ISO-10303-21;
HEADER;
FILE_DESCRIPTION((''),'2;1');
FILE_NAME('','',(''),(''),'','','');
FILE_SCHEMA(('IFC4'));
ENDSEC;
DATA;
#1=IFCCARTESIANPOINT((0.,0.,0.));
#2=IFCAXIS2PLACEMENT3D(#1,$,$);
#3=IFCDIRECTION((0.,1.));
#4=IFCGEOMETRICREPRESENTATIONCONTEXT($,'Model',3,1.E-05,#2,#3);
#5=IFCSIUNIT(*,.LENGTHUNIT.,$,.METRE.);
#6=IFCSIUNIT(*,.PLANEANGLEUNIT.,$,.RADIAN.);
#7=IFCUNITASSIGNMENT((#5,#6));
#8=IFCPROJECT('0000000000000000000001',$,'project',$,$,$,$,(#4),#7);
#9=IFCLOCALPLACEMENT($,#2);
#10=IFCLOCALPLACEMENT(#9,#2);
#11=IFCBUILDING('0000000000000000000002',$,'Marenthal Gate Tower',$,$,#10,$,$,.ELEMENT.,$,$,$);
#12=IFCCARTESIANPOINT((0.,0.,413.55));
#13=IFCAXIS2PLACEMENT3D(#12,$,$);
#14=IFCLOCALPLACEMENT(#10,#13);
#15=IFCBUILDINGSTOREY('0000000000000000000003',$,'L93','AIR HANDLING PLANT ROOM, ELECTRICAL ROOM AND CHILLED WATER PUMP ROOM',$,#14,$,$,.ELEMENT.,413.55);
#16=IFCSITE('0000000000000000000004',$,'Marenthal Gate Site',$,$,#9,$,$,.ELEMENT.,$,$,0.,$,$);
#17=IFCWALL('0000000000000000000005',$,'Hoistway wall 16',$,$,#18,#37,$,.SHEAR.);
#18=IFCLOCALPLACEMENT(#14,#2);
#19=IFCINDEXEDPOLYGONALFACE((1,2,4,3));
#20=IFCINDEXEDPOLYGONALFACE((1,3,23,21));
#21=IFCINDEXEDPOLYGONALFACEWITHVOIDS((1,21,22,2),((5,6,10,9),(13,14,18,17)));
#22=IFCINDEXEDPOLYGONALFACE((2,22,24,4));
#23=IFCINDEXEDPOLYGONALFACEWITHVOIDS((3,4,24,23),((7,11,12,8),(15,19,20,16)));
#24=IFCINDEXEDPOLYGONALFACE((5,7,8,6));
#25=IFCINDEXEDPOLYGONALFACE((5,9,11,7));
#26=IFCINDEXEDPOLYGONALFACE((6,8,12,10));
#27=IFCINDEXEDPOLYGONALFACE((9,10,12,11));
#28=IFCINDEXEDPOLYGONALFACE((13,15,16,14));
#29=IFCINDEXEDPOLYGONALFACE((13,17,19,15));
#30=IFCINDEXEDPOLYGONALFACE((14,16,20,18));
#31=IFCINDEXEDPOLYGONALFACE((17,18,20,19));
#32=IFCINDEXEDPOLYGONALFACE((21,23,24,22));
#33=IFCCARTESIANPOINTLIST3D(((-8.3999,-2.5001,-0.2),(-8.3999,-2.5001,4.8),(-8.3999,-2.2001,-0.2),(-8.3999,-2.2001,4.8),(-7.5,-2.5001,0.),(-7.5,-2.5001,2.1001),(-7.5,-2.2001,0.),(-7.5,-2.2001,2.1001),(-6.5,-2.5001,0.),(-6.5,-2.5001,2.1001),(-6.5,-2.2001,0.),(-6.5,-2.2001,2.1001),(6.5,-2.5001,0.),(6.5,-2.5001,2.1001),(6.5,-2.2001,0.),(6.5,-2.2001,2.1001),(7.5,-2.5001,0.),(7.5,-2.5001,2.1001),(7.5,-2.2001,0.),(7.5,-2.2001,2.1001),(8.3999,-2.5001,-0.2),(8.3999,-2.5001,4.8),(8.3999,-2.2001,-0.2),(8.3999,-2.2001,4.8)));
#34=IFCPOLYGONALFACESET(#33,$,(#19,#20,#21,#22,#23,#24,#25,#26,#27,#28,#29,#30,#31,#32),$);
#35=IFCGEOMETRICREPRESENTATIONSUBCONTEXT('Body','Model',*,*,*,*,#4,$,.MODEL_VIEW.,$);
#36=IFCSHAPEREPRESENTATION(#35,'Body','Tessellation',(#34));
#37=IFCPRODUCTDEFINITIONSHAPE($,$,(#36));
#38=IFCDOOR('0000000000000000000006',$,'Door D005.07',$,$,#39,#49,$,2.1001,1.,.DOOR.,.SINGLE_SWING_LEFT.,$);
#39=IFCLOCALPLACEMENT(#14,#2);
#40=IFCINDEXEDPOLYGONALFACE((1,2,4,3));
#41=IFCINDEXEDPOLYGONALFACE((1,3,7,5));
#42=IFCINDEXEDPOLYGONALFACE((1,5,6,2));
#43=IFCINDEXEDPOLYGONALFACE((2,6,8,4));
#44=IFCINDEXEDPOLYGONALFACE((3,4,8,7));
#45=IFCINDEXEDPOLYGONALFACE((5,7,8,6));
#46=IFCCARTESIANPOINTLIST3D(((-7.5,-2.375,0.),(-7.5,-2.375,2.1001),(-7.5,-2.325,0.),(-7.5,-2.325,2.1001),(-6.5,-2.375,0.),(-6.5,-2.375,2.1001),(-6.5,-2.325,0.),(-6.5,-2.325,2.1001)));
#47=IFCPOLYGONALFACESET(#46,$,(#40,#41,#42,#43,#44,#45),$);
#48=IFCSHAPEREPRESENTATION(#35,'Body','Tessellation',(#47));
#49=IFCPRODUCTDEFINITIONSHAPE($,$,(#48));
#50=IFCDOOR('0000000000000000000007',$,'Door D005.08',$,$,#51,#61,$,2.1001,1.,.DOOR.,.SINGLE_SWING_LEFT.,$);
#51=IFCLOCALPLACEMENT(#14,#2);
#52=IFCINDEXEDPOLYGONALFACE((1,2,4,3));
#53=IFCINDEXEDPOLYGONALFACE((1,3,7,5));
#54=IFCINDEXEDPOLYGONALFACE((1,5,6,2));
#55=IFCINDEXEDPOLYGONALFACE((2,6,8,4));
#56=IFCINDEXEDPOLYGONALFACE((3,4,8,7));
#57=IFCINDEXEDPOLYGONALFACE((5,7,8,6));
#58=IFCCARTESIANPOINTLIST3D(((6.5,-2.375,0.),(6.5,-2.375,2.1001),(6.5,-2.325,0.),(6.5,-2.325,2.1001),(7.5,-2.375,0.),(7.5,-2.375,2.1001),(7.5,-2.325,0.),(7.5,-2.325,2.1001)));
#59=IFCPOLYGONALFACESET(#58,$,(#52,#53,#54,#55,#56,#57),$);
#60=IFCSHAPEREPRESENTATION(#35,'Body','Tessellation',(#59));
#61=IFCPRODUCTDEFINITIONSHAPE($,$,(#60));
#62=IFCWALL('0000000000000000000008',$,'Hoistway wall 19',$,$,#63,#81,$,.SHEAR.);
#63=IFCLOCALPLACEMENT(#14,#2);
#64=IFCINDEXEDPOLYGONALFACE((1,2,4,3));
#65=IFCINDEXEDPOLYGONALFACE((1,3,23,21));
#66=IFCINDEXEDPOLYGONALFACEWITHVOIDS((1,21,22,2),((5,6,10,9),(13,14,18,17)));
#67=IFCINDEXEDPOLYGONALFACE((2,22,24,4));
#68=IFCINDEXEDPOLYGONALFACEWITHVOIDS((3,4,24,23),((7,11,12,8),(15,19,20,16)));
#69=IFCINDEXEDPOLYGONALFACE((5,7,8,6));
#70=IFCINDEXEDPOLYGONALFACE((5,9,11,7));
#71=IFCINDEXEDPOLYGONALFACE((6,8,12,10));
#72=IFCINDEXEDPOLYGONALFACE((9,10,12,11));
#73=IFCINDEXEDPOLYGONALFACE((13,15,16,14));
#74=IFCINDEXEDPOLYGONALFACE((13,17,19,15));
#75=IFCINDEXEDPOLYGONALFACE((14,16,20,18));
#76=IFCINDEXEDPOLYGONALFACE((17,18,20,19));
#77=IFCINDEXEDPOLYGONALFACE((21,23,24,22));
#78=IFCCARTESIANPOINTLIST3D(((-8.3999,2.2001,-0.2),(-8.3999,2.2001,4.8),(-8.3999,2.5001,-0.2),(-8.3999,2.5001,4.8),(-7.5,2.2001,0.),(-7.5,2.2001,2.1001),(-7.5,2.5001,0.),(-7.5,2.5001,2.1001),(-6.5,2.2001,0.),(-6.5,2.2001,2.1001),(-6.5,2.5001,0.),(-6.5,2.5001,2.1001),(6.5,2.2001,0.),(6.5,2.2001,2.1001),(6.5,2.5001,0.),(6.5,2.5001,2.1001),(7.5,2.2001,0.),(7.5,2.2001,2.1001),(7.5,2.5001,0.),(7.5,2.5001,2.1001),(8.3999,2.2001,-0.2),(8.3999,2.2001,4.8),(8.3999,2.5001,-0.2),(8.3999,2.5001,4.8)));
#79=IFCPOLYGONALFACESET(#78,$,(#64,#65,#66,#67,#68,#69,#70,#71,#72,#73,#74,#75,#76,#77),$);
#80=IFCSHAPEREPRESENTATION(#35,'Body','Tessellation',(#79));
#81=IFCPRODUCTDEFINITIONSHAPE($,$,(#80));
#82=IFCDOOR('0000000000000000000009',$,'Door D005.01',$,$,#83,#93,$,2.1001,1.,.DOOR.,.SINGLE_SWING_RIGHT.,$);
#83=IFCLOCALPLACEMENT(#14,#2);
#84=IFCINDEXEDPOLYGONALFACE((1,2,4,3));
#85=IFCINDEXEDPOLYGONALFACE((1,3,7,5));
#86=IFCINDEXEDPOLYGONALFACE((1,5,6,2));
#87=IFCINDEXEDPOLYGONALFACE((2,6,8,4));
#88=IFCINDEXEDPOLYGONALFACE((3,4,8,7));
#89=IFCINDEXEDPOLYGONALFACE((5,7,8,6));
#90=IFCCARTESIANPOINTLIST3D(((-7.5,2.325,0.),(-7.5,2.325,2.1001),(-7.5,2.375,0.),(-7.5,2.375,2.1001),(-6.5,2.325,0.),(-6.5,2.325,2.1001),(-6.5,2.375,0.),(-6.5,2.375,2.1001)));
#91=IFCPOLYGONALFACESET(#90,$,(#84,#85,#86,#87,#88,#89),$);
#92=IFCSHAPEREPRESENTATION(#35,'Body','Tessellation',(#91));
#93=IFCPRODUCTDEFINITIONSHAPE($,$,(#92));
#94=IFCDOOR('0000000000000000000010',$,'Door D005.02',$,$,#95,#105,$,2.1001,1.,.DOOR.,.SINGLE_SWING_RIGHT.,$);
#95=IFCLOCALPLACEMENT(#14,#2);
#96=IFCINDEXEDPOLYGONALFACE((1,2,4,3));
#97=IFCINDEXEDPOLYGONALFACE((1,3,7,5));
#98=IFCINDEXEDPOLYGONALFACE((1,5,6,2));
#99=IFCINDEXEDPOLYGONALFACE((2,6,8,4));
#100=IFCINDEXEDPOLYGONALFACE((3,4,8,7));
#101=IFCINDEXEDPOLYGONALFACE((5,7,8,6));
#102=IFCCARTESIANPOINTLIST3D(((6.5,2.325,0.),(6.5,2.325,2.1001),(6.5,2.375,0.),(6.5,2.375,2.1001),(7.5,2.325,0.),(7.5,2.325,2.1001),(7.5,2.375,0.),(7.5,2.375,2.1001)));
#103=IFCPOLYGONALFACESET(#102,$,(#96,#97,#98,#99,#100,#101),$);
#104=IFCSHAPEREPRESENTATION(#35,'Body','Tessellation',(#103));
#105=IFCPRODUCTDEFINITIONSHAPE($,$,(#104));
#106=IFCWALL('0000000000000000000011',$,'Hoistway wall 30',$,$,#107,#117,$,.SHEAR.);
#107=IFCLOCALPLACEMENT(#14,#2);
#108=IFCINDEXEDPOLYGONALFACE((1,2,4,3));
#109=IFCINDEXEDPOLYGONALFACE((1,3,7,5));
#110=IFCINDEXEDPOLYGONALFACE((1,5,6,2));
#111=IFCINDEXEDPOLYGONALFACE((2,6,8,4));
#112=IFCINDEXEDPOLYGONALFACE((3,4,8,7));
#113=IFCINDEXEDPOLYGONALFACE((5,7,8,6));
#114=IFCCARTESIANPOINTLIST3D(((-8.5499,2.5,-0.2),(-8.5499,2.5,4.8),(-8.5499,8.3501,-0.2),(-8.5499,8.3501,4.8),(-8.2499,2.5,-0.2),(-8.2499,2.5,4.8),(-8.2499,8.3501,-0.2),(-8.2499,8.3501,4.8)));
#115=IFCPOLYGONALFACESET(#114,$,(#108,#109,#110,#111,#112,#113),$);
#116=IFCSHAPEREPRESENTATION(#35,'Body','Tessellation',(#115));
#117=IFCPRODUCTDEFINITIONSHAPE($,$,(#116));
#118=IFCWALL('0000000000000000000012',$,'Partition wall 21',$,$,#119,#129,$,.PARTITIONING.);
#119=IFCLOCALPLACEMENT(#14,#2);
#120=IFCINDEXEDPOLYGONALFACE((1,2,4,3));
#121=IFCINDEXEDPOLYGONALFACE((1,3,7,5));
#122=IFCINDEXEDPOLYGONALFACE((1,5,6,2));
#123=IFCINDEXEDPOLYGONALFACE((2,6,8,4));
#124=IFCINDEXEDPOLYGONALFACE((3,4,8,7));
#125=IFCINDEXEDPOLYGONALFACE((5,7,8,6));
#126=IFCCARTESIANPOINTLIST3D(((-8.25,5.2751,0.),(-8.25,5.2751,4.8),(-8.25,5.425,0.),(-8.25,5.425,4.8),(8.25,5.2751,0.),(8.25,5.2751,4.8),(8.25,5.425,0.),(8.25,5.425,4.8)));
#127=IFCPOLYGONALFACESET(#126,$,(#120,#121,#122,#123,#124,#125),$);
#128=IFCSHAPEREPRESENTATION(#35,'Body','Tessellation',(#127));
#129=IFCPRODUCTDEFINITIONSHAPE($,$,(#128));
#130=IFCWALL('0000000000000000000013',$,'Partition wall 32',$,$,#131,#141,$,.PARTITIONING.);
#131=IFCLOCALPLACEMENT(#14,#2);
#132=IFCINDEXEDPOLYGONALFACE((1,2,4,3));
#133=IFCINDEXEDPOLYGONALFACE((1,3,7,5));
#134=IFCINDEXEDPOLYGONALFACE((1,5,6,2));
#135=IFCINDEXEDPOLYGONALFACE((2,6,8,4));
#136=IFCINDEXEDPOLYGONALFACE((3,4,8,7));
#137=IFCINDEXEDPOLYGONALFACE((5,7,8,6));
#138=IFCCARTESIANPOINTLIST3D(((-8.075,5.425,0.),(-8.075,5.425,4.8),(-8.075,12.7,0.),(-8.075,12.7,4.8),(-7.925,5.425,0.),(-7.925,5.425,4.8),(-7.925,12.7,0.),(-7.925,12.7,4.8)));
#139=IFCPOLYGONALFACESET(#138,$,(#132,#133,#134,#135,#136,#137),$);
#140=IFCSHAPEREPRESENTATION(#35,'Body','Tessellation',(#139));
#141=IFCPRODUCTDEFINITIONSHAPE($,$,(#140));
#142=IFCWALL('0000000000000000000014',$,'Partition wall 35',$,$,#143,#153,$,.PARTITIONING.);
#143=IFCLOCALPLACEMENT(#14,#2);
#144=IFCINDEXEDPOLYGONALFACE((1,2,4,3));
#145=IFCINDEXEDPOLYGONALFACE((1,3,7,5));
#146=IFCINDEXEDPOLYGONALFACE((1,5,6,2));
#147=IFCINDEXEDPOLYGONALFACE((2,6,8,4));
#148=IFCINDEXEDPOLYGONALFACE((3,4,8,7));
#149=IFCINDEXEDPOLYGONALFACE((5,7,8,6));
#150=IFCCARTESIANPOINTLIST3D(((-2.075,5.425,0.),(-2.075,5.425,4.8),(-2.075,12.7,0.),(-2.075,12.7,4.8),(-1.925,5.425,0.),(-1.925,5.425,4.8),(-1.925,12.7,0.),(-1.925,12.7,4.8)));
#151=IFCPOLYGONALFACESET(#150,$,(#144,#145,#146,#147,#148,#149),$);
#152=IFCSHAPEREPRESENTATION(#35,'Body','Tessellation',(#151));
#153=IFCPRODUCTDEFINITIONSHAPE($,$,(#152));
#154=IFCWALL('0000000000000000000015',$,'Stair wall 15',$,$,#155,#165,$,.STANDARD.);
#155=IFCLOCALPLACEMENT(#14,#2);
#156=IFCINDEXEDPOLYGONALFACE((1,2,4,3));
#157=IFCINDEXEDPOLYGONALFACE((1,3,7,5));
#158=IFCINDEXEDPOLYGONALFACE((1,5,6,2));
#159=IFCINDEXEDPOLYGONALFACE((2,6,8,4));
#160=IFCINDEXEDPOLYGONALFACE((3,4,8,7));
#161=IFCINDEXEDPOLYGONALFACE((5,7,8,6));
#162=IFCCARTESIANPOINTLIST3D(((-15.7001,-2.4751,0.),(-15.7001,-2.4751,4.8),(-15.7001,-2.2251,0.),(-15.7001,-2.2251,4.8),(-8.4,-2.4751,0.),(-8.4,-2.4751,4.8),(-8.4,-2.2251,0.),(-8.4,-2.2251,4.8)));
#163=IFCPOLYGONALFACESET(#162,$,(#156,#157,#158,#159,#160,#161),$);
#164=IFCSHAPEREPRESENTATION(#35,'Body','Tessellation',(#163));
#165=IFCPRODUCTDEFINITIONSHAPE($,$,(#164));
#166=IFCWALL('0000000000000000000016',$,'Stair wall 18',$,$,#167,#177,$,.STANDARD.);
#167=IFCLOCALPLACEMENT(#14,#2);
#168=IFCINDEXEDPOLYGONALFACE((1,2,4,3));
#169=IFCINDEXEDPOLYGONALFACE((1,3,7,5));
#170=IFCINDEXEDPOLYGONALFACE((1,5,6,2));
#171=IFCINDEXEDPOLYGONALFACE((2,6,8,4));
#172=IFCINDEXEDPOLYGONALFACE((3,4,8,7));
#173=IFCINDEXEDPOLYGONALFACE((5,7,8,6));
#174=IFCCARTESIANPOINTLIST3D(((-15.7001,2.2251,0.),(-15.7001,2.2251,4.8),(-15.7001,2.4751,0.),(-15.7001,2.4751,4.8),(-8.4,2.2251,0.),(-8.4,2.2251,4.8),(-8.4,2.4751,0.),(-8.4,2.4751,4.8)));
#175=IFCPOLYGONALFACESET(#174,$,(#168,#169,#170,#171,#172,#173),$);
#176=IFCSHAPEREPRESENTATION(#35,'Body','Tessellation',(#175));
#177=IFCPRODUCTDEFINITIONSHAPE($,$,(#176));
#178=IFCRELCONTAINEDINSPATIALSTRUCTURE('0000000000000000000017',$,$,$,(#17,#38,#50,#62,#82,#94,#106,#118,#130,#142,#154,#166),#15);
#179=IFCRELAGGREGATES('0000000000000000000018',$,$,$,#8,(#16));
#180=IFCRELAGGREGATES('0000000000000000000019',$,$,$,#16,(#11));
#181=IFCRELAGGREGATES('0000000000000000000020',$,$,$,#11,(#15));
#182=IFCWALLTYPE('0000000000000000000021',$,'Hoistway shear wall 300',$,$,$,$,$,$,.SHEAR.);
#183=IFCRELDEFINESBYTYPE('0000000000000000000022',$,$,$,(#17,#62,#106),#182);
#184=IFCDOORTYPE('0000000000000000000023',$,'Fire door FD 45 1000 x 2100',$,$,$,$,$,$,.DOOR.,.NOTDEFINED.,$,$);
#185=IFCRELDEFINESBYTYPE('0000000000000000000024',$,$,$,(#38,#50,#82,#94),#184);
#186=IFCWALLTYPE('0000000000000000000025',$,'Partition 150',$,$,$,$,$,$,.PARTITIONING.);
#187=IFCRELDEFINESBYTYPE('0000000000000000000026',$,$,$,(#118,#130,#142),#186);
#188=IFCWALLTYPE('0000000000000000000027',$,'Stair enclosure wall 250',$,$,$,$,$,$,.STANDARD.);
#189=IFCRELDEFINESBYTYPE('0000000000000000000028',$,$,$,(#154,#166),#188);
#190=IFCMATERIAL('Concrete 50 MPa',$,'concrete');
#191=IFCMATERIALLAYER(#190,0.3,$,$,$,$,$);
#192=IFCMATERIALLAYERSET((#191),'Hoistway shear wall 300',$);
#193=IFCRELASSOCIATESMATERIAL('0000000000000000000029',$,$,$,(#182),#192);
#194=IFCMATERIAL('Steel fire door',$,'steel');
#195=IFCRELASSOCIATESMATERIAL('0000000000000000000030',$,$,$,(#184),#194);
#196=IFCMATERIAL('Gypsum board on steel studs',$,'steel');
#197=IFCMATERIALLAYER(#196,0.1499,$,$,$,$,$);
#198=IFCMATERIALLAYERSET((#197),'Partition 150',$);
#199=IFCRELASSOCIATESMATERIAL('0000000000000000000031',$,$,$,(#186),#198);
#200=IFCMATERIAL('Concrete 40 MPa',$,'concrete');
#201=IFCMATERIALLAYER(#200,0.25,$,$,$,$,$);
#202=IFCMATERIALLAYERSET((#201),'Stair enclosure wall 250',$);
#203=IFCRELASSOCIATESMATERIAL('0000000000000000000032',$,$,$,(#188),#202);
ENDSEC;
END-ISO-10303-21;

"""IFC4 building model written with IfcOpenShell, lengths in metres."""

from ifc_helpers import new_model, si_unit, direction, frame, frame_2d, origin, place, context, subcontext, project, spatial, rectangle, extrude, material, layer, layer_set, type_object, element, fill, save


model = new_model("IFC4")

# Units and contexts
model_context = context("Model", 3, precision=1e-05, world=origin(), true_north=direction((0.0, 1.0)))
body_context = subcontext(model_context, "Body", "Model", "MODEL_VIEW")
ifc_project = project(units=[si_unit("LENGTHUNIT", "METRE"), si_unit("PLANEANGLEUNIT", "RADIAN")], contexts=[model_context])

# Site, building, storey
site_placement = place(None, origin())
site = spatial("IfcSite", under=ifc_project, at=site_placement, Name="Marenthal Gate Site", CompositionType="ELEMENT", RefElevation=0.0)
building_placement = place(site_placement, origin())
building = spatial("IfcBuilding", under=site, at=building_placement, Name="Marenthal Gate Tower", CompositionType="ELEMENT")
storey_placement = place(building_placement, frame((0.0, 0.0, 413.55)))
storey = spatial("IfcBuildingStorey", under=building, at=storey_placement, Name="L93", Description="AIR HANDLING PLANT ROOM, ELECTRICAL ROOM AND CHILLED WATER PUMP ROOM", CompositionType="ELEMENT", Elevation=413.55)

# Walls, openings, doors
ifc_material_1 = material(Name="Concrete 50 MPa", Category="concrete")
ifc_layer_1 = layer(ifc_material_1, 0.3)
ifc_layer_set_1 = layer_set([ifc_layer_1], Name="Hoistway shear wall 300")
wall_type_1 = type_object("IfcWallType", Name="Hoistway shear wall 300", PredefinedType="SHEAR", material=ifc_layer_set_1)
wall_1_placement = place(storey_placement, frame((-8.3999, -2.3501, -0.2), z_axis=(0.0, 0.0, 1.0), x_axis=(1.0, 0.0, 0.0)))
wall_1 = element("IfcWall", 1, at=wall_1_placement, inside=storey, type_object=wall_type_1, Name="Hoistway wall 16", PredefinedType="SHEAR", context=body_context, shape_type="SweptSolid", body=[
    extrude(rectangle(XDim=16.7998, YDim=0.3, at=frame_2d((8.3999, 0.0))), origin(), (0.0, 0.0, 1.0), 5.0),
])
opening_1_placement = place(wall_1_placement, frame((0.8999, 0.0, 0.2)))
opening_1 = element("IfcOpeningElement", 2, at=opening_1_placement, cuts=wall_1, PredefinedType="OPENING", context=body_context, shape_type="SweptSolid", body=[
    extrude(rectangle(XDim=1.0, YDim=2.1001, at=frame_2d((0.5, 1.05))), frame((0.0, 0.1602, 0.0), z_axis=(0.0, -1.0, 0.0), x_axis=(1.0, 0.0, 0.0)), (0.0, 0.0, 1.0), 0.3201),
])
opening_2_placement = place(wall_1_placement, frame((14.8999, 0.0, 0.2)))
opening_2 = element("IfcOpeningElement", 3, at=opening_2_placement, cuts=wall_1, PredefinedType="OPENING", context=body_context, shape_type="SweptSolid", body=[
    extrude(rectangle(XDim=1.0, YDim=2.1001, at=frame_2d((0.5, 1.05))), frame((0.0, 0.1602, 0.0), z_axis=(0.0, -1.0, 0.0), x_axis=(1.0, 0.0, 0.0)), (0.0, 0.0, 1.0), 0.3201),
])
ifc_material_2 = material(Name="Steel fire door", Category="steel")
door_type_1 = type_object("IfcDoorType", Name="Fire door FD 45 1000 x 2100", OperationType="NOTDEFINED", PredefinedType="DOOR", material=ifc_material_2)
door_1_placement = place(opening_1_placement, frame((1.0, 0.0, 0.0), z_axis=(0.0, 0.0, 1.0), x_axis=(-1.0, 0.0, 0.0)))
door_1 = element("IfcDoor", 4, at=door_1_placement, inside=storey, type_object=door_type_1, Name="Door D005.07", OperationType="SINGLE_SWING_LEFT", OverallHeight=2.1001, OverallWidth=1.0, PredefinedType="DOOR", context=body_context, shape_type="SweptSolid", body=[
    extrude(rectangle(XDim=1.0, YDim=2.1001, at=frame_2d((0.5, 1.05))), frame((0.0, 0.0249, 0.0), z_axis=(0.0, -1.0, 0.0), x_axis=(1.0, 0.0, 0.0)), (0.0, 0.0, 1.0), 0.05),
])
fill(opening_1, door_1)
door_2_placement = place(opening_2_placement, frame((1.0, 0.0, 0.0), z_axis=(0.0, 0.0, 1.0), x_axis=(-1.0, 0.0, 0.0)))
door_2 = element("IfcDoor", 5, at=door_2_placement, inside=storey, type_object=door_type_1, Name="Door D005.08", OperationType="SINGLE_SWING_LEFT", OverallHeight=2.1001, OverallWidth=1.0, PredefinedType="DOOR", context=body_context, shape_type="SweptSolid", body=[
    extrude(rectangle(XDim=1.0, YDim=2.1001, at=frame_2d((0.5, 1.05))), frame((0.0, 0.0249, 0.0), z_axis=(0.0, -1.0, 0.0), x_axis=(1.0, 0.0, 0.0)), (0.0, 0.0, 1.0), 0.05),
])
fill(opening_2, door_2)
wall_2_placement = place(storey_placement, frame((-8.3999, 2.3501, -0.2), z_axis=(0.0, 0.0, 1.0), x_axis=(1.0, 0.0, 0.0)))
wall_2 = element("IfcWall", 6, at=wall_2_placement, inside=storey, type_object=wall_type_1, Name="Hoistway wall 19", PredefinedType="SHEAR", context=body_context, shape_type="SweptSolid", body=[
    extrude(rectangle(XDim=16.7998, YDim=0.3, at=frame_2d((8.3999, 0.0))), origin(), (0.0, 0.0, 1.0), 5.0),
])
opening_3_placement = place(wall_2_placement, frame((0.8999, 0.0, 0.2)))
opening_3 = element("IfcOpeningElement", 7, at=opening_3_placement, cuts=wall_2, PredefinedType="OPENING", context=body_context, shape_type="SweptSolid", body=[
    extrude(rectangle(XDim=1.0, YDim=2.1001, at=frame_2d((0.5, 1.05))), frame((0.0, 0.1602, 0.0), z_axis=(0.0, -1.0, 0.0), x_axis=(1.0, 0.0, 0.0)), (0.0, 0.0, 1.0), 0.3201),
])
opening_4_placement = place(wall_2_placement, frame((14.8999, 0.0, 0.2)))
opening_4 = element("IfcOpeningElement", 8, at=opening_4_placement, cuts=wall_2, PredefinedType="OPENING", context=body_context, shape_type="SweptSolid", body=[
    extrude(rectangle(XDim=1.0, YDim=2.1001, at=frame_2d((0.5, 1.05))), frame((0.0, 0.1602, 0.0), z_axis=(0.0, -1.0, 0.0), x_axis=(1.0, 0.0, 0.0)), (0.0, 0.0, 1.0), 0.3201),
])
door_3_placement = place(opening_3_placement, origin())
door_3 = element("IfcDoor", 9, at=door_3_placement, inside=storey, type_object=door_type_1, Name="Door D005.01", OperationType="SINGLE_SWING_RIGHT", OverallHeight=2.1001, OverallWidth=1.0, PredefinedType="DOOR", context=body_context, shape_type="SweptSolid", body=[
    extrude(rectangle(XDim=1.0, YDim=2.1001, at=frame_2d((0.5, 1.05))), frame((0.0, 0.0249, 0.0), z_axis=(0.0, -1.0, 0.0), x_axis=(1.0, 0.0, 0.0)), (0.0, 0.0, 1.0), 0.05),
])
fill(opening_3, door_3)
door_4_placement = place(opening_4_placement, origin())
door_4 = element("IfcDoor", 10, at=door_4_placement, inside=storey, type_object=door_type_1, Name="Door D005.02", OperationType="SINGLE_SWING_RIGHT", OverallHeight=2.1001, OverallWidth=1.0, PredefinedType="DOOR", context=body_context, shape_type="SweptSolid", body=[
    extrude(rectangle(XDim=1.0, YDim=2.1001, at=frame_2d((0.5, 1.05))), frame((0.0, 0.0249, 0.0), z_axis=(0.0, -1.0, 0.0), x_axis=(1.0, 0.0, 0.0)), (0.0, 0.0, 1.0), 0.05),
])
fill(opening_4, door_4)

# Walls
wall_3_placement = place(storey_placement, frame((-8.3999, 2.5, -0.2), z_axis=(0.0, 0.0, 1.0), x_axis=(0.0, 1.0, 0.0)))
element("IfcWall", 11, at=wall_3_placement, inside=storey, type_object=wall_type_1, Name="Hoistway wall 30", PredefinedType="SHEAR", context=body_context, shape_type="SweptSolid", body=[
    extrude(rectangle(XDim=5.8501, YDim=0.3, at=frame_2d((2.925, 0.0))), origin(), (0.0, 0.0, 1.0), 5.0),
])
ifc_material_3 = material(Name="Gypsum board on steel studs", Category="steel")
ifc_layer_2 = layer(ifc_material_3, 0.1499)
ifc_layer_set_2 = layer_set([ifc_layer_2], Name="Partition 150")
wall_type_2 = type_object("IfcWallType", Name="Partition 150", PredefinedType="PARTITIONING", material=ifc_layer_set_2)
wall_4_placement = place(storey_placement, frame((-8.25, 5.3501, 0.0), z_axis=(0.0, 0.0, 1.0), x_axis=(1.0, 0.0, 0.0)))
element("IfcWall", 12, at=wall_4_placement, inside=storey, type_object=wall_type_2, Name="Partition wall 21", PredefinedType="PARTITIONING", context=body_context, shape_type="SweptSolid", body=[
    extrude(rectangle(XDim=16.5, YDim=0.1499, at=frame_2d((8.25, 0.0))), origin(), (0.0, 0.0, 1.0), 4.8),
])
for number, where, z_axis, x_axis, name in (
    (13, (-8.0, 5.425, 0.0), (0.0, 0.0, 1.0), (0.0, 1.0, 0.0), "Partition wall 32"),
    (14, (-2.0, 5.425, 0.0), (0.0, 0.0, 1.0), (0.0, 1.0, 0.0), "Partition wall 35"),
):
    element("IfcWall", number, at=place(storey_placement, frame(where, z_axis=z_axis, x_axis=x_axis)), inside=storey, type_object=wall_type_2, Name=name, PredefinedType="PARTITIONING", context=body_context, shape_type="SweptSolid", body=[
        extrude(rectangle(XDim=7.2749, YDim=0.1499, at=frame_2d((3.6375, 0.0))), origin(), (0.0, 0.0, 1.0), 4.8),
    ])
ifc_material_4 = material(Name="Concrete 40 MPa", Category="concrete")
ifc_layer_3 = layer(ifc_material_4, 0.25)
ifc_layer_set_3 = layer_set([ifc_layer_3], Name="Stair enclosure wall 250")
wall_type_3 = type_object("IfcWallType", Name="Stair enclosure wall 250", PredefinedType="STANDARD", material=ifc_layer_set_3)
for number, where, z_axis, x_axis, name in (
    (15, (-15.7, -2.3501, 0.0), (0.0, 0.0, 1.0), (1.0, 0.0, 0.0), "Stair wall 15"),
    (16, (-15.7, 2.3501, 0.0), (0.0, 0.0, 1.0), (1.0, 0.0, 0.0), "Stair wall 18"),
):
    element("IfcWall", number, at=place(storey_placement, frame(where, z_axis=z_axis, x_axis=x_axis)), inside=storey, type_object=wall_type_3, Name=name, PredefinedType="STANDARD", context=body_context, shape_type="SweptSolid", body=[
        extrude(rectangle(XDim=7.3, YDim=0.25, at=frame_2d((3.6499, 0.0))), origin(), (0.0, 0.0, 1.0), 4.8),
    ])

save(model, "model.ifc")
